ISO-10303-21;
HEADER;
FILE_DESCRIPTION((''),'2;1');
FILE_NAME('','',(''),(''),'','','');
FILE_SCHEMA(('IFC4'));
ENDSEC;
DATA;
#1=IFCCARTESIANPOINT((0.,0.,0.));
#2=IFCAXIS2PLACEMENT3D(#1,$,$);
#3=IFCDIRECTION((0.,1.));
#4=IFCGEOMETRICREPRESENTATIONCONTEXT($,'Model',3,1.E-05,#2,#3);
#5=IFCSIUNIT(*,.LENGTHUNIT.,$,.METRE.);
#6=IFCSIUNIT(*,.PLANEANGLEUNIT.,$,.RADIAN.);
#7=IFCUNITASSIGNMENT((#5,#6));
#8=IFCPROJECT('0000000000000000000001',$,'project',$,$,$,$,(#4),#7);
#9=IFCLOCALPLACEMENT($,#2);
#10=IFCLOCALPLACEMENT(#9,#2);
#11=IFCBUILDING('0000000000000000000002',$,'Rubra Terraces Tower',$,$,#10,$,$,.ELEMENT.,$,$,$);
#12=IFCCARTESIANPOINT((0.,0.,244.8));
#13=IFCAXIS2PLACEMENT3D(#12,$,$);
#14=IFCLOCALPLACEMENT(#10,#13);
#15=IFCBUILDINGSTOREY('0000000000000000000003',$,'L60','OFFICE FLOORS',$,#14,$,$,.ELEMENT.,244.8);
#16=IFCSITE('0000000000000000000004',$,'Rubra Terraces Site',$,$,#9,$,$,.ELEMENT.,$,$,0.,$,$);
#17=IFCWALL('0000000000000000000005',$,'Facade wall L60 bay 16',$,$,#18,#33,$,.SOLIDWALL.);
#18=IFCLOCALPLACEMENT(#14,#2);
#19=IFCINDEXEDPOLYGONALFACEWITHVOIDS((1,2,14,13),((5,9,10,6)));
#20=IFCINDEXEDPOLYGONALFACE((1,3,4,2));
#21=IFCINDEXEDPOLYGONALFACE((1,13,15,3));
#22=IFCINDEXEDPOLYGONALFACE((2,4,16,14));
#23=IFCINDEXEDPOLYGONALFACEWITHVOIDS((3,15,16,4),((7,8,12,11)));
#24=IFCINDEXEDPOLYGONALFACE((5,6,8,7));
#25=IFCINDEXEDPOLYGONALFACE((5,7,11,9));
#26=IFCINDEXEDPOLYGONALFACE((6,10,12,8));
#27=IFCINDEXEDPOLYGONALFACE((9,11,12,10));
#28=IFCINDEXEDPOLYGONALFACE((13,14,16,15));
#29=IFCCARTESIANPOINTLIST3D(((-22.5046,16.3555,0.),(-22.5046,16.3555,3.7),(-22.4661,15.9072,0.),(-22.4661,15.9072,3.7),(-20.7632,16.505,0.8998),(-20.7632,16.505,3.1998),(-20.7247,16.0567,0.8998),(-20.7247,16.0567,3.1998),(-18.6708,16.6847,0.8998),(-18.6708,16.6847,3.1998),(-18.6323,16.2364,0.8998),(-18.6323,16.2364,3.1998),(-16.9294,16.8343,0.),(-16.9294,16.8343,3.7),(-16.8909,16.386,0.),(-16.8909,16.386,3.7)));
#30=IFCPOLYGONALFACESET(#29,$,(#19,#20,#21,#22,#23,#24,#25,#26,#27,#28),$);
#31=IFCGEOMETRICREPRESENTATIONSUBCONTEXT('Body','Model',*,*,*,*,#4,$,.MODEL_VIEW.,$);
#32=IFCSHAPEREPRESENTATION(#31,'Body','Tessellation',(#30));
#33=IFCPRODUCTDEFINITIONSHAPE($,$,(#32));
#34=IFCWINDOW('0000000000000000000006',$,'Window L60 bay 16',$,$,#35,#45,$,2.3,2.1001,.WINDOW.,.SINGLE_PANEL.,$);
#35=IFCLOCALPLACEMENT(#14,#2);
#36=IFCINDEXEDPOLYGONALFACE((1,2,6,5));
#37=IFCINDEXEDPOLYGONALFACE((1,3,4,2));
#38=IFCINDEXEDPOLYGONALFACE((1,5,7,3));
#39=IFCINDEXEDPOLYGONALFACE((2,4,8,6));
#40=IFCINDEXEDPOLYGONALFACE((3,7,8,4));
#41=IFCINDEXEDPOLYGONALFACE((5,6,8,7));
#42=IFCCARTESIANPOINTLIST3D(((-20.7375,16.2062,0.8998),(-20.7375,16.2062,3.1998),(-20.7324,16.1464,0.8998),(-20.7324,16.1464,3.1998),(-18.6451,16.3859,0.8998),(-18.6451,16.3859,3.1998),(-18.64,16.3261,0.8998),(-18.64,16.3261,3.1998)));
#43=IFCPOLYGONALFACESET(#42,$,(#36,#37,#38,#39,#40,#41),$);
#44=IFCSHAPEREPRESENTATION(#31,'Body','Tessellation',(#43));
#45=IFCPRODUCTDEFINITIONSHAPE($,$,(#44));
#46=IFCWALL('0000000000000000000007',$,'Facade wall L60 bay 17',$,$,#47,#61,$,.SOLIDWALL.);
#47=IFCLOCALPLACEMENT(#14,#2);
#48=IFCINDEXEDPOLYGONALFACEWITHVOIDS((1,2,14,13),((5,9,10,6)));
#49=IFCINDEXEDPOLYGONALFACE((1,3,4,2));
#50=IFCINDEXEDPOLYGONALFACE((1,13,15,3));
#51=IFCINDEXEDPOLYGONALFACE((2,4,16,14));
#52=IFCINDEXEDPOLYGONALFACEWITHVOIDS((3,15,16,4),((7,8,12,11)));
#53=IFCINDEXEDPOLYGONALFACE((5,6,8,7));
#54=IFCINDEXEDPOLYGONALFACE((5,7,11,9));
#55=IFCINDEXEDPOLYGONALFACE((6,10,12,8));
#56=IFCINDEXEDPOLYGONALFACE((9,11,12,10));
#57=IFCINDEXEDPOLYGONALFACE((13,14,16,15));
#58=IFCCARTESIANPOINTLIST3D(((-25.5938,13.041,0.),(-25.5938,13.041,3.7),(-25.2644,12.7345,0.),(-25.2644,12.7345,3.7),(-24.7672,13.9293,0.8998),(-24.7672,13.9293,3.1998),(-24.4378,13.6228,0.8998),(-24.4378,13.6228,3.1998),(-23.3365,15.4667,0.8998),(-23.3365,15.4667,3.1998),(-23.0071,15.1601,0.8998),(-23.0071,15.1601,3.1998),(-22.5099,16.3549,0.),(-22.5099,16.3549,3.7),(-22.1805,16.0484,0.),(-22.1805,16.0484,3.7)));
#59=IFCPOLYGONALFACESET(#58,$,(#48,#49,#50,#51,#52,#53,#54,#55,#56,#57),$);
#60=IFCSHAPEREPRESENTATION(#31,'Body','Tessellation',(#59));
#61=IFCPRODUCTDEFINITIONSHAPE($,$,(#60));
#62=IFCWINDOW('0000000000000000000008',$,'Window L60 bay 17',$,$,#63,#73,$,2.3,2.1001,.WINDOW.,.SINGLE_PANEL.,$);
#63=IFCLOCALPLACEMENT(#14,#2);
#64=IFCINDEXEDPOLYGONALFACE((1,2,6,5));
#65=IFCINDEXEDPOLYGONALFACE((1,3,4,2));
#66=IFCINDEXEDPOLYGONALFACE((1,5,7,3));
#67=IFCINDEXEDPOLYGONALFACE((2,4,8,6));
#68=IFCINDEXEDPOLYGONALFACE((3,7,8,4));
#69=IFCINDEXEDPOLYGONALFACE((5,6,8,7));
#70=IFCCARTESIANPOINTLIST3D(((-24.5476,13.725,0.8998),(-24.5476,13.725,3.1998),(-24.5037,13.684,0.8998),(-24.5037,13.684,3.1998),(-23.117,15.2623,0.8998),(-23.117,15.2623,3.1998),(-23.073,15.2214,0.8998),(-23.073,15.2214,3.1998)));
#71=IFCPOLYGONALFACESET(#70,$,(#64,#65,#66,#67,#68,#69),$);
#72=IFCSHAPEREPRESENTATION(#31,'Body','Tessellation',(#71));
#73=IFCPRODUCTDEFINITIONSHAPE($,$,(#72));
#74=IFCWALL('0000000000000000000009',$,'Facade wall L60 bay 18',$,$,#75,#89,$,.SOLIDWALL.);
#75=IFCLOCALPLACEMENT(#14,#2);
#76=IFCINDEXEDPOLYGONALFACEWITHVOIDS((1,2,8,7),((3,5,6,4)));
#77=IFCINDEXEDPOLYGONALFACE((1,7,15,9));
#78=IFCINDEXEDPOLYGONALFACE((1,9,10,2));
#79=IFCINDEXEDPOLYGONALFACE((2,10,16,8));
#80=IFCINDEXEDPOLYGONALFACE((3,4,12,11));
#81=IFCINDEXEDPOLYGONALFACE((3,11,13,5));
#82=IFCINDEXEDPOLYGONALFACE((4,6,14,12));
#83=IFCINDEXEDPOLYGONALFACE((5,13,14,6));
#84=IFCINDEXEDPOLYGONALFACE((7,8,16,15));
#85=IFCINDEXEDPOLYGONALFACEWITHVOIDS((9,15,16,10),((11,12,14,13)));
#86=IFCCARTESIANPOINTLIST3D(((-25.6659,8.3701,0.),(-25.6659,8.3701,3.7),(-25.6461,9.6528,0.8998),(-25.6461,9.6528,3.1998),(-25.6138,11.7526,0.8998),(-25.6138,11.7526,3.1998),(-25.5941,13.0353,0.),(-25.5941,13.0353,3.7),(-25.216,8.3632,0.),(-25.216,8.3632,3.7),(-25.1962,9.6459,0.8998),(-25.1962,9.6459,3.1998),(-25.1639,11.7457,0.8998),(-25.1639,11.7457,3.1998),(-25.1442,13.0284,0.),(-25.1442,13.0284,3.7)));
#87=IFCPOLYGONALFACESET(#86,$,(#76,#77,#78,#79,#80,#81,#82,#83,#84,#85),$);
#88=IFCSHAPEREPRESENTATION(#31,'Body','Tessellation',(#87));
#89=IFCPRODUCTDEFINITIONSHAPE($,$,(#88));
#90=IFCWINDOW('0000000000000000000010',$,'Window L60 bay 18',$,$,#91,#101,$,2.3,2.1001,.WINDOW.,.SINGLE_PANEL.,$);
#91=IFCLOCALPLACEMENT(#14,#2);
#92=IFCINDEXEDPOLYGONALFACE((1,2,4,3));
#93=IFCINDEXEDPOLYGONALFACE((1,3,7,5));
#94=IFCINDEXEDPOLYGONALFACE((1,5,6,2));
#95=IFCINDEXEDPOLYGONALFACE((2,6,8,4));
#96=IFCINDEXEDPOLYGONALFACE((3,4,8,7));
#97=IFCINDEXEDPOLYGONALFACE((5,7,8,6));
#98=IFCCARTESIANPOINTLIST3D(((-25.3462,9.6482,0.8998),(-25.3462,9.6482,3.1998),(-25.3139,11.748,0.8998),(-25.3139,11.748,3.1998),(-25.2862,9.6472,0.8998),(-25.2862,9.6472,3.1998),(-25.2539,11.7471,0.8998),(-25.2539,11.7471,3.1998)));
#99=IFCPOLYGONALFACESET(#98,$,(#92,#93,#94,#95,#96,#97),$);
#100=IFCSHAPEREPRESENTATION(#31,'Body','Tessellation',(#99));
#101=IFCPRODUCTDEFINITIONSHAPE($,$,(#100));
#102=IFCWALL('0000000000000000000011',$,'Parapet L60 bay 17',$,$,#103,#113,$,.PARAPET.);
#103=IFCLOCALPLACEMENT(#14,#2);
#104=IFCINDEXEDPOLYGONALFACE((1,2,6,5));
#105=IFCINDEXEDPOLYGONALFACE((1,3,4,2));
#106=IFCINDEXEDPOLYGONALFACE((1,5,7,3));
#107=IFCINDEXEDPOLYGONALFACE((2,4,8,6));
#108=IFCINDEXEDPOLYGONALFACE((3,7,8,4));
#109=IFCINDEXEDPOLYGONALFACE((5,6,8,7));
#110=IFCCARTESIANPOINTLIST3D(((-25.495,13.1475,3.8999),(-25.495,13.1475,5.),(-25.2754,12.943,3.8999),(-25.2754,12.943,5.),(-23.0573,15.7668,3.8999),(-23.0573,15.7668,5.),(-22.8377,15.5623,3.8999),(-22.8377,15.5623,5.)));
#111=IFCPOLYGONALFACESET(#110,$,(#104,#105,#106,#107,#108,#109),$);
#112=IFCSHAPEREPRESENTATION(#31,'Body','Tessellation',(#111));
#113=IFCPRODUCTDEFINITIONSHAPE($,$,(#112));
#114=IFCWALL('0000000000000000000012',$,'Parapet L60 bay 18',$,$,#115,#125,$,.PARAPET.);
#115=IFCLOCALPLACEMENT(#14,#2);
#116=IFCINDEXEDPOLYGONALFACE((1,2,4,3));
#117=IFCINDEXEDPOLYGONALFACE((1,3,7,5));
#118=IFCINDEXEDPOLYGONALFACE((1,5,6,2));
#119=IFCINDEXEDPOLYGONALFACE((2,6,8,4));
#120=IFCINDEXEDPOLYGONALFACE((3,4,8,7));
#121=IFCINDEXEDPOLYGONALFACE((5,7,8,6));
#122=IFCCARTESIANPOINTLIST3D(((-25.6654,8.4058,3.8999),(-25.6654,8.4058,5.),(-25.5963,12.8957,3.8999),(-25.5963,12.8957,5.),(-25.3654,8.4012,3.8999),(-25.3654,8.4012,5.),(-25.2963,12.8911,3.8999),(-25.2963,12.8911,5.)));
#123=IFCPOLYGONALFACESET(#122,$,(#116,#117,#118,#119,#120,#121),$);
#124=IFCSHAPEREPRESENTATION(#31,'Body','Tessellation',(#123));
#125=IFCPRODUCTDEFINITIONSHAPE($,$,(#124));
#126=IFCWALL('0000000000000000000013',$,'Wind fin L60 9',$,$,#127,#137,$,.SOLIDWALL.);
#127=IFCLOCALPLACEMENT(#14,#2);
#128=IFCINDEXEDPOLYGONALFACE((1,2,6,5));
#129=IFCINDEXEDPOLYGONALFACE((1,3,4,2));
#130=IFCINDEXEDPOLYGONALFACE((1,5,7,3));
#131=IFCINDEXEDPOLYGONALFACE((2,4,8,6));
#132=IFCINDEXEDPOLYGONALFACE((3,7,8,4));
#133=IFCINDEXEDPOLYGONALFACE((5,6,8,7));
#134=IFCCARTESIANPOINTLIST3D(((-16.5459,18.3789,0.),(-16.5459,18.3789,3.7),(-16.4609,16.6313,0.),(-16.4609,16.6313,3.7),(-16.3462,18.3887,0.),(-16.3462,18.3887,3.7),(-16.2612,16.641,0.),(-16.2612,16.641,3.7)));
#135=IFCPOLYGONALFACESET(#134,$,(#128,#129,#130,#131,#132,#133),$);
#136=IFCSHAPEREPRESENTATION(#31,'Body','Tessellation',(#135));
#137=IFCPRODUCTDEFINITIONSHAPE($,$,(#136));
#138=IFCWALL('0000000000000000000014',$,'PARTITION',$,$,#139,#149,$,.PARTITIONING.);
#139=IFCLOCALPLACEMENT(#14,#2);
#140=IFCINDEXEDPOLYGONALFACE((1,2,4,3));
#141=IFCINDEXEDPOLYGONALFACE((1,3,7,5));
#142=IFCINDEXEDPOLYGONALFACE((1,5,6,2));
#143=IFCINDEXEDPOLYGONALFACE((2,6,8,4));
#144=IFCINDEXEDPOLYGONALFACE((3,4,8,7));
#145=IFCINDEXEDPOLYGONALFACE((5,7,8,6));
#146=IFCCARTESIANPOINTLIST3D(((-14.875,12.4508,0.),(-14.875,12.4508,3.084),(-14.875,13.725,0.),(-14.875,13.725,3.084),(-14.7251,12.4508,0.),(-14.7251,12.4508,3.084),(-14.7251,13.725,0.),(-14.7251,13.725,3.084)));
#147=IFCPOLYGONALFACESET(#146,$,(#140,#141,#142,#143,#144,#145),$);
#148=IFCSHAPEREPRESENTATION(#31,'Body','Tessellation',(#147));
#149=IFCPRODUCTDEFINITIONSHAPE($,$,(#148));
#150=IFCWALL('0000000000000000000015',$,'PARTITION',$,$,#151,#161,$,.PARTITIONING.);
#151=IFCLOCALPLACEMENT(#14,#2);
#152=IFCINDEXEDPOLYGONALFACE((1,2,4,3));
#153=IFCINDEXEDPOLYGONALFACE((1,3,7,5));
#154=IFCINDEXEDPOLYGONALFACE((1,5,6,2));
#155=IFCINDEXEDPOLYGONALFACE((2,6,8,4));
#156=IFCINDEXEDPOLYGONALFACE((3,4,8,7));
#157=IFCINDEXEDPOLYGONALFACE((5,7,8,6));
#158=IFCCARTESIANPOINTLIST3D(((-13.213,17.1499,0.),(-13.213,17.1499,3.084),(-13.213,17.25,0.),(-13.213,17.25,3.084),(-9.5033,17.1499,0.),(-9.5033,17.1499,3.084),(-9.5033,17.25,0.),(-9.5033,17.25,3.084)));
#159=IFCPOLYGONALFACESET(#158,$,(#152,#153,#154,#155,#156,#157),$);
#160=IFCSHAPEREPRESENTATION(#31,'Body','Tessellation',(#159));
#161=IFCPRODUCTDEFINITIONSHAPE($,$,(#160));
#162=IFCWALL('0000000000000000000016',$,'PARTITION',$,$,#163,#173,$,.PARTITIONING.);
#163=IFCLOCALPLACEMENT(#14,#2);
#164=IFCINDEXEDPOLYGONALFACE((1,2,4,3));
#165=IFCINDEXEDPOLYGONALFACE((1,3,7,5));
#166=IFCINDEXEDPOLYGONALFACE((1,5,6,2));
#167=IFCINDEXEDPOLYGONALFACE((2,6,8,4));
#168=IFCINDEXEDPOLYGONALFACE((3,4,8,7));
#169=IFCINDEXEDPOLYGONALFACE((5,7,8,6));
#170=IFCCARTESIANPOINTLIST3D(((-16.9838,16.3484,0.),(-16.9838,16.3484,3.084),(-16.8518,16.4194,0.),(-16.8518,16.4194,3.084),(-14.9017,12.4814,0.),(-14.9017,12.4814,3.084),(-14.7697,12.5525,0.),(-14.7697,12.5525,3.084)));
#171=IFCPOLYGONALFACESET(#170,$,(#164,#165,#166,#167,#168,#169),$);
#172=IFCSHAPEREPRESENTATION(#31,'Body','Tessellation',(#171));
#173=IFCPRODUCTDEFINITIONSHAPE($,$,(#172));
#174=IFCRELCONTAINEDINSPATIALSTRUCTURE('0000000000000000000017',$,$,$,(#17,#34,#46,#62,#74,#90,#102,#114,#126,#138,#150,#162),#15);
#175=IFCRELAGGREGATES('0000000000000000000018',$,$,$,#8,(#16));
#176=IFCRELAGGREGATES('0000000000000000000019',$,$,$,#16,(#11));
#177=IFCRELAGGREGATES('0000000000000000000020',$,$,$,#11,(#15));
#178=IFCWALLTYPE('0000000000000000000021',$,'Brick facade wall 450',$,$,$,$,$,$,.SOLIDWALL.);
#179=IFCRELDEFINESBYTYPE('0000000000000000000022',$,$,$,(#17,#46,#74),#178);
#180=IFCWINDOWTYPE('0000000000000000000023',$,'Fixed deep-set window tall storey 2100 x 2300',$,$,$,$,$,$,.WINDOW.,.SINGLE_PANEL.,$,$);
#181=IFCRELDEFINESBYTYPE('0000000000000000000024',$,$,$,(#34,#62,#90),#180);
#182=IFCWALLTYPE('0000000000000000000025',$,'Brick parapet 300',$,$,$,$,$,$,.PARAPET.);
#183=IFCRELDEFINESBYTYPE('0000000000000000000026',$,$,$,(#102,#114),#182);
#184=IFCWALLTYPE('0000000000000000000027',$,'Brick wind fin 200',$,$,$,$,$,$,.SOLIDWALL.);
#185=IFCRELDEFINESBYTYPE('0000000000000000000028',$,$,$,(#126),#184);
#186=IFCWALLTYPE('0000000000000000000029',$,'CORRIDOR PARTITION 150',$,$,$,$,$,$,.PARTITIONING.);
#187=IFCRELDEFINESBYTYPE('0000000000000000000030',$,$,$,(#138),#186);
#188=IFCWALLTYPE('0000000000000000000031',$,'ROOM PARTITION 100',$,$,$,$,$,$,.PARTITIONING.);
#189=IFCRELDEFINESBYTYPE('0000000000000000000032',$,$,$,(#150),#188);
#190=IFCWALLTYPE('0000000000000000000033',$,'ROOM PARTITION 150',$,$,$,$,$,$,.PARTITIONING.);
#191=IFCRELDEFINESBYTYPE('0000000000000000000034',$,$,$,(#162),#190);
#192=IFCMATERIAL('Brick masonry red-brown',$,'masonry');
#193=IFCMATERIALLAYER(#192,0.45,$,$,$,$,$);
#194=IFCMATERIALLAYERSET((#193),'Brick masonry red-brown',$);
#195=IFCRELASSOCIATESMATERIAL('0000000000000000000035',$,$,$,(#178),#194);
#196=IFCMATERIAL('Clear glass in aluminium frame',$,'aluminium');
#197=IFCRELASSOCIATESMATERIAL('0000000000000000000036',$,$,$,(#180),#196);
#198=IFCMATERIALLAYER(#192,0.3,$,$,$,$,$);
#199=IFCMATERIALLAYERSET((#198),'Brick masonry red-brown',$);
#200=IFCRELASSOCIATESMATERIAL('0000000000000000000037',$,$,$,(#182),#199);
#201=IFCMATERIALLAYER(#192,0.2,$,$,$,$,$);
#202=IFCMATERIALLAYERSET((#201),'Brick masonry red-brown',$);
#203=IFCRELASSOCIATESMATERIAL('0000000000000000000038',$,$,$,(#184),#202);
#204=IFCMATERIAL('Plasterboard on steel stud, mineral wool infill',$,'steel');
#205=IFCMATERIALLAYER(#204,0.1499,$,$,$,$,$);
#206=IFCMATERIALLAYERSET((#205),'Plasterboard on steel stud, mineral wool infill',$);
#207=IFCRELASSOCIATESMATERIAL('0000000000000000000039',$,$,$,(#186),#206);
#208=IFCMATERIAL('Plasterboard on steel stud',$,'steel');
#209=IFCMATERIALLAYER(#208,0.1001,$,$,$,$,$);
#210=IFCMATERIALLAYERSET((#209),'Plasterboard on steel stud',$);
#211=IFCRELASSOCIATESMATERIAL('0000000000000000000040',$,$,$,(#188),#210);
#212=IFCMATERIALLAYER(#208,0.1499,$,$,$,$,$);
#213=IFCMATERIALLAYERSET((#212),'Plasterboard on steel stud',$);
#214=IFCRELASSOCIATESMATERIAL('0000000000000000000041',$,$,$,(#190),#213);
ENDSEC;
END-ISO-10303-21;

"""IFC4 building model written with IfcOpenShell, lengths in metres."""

from ifc_helpers import new_model, si_unit, direction, frame, frame_2d, origin, place, context, subcontext, project, spatial, rectangle, extrude, material, layer, layer_set, type_object, element, fill, save


model = new_model("IFC4")

# Units and contexts
model_context = context("Model", 3, precision=1e-05, world=origin(), true_north=direction((0.0, 1.0)))
body_context = subcontext(model_context, "Body", "Model", "MODEL_VIEW")
ifc_project = project(units=[si_unit("LENGTHUNIT", "METRE"), si_unit("PLANEANGLEUNIT", "RADIAN")], contexts=[model_context])

# Site, building, storey
site_placement = place(None, origin())
site = spatial("IfcSite", under=ifc_project, at=site_placement, Name="Rubra Terraces Site", CompositionType="ELEMENT", RefElevation=0.0)
building_placement = place(site_placement, origin())
building = spatial("IfcBuilding", under=site, at=building_placement, Name="Rubra Terraces Tower", CompositionType="ELEMENT")
storey_placement = place(building_placement, frame((0.0, 0.0, 244.8)))
storey = spatial("IfcBuildingStorey", under=building, at=storey_placement, Name="L60", Description="OFFICE FLOORS", CompositionType="ELEMENT", Elevation=244.8)

# Walls, openings, windows
ifc_material_1 = material(Name="Brick masonry red-brown", Category="masonry")
ifc_layer_1 = layer(ifc_material_1, 0.45)
ifc_layer_set_1 = layer_set([ifc_layer_1], Name="Brick masonry red-brown")
wall_type_1 = type_object("IfcWallType", Name="Brick facade wall 450", PredefinedType="SOLIDWALL", material=ifc_layer_set_1)
ifc_material_2 = material(Name="Clear glass in aluminium frame", Category="aluminium")
wall_1_placement = place(storey_placement, frame((-16.9102, 16.6101, 0.0), z_axis=(0.0, 0.0, 1.0), x_axis=(-0.996333, -0.085558, 0.0)))
wall_1 = element("IfcWall", 1, at=wall_1_placement, inside=storey, type_object=wall_type_1, Name="Facade wall L60 bay 16", PredefinedType="SOLIDWALL", context=body_context, shape_type="SweptSolid", body=[
    extrude(rectangle(XDim=5.5957, YDim=0.45, at=frame_2d((2.7979, 0.0))), origin(), (0.0, 0.0, 1.0), 3.7),
])
opening_1_placement = place(wall_1_placement, frame((1.7478, 0.0, 0.8999)))
opening_1 = element("IfcOpeningElement", 2, at=opening_1_placement, cuts=wall_1, PredefinedType="OPENING", context=body_context, shape_type="SweptSolid", body=[
    extrude(rectangle(XDim=2.1001, YDim=2.3, at=frame_2d((1.05, 1.1499))), frame((0.0, 0.2349, 0.0), z_axis=(0.0, -1.0, 0.0), x_axis=(1.0, 0.0, 0.0)), (0.0, 0.0, 1.0), 0.47),
])
window_type_1 = type_object("IfcWindowType", Name="Fixed deep-set window tall storey 2100 x 2300", PartitioningType="SINGLE_PANEL", PredefinedType="WINDOW", material=ifc_material_2)
window_1_placement = place(opening_1_placement, origin())
window_1 = element("IfcWindow", 3, at=window_1_placement, inside=storey, type_object=window_type_1, Name="Window L60 bay 16", OverallHeight=2.3, OverallWidth=2.1001, PartitioningType="SINGLE_PANEL", PredefinedType="WINDOW", context=body_context, shape_type="SweptSolid", body=[
    extrude(rectangle(XDim=2.1001, YDim=2.3, at=frame_2d((1.05, 1.1499))), frame((0.0, 0.135, 0.0), z_axis=(0.0, -1.0, 0.0), x_axis=(1.0, 0.0, 0.0)), (0.0, 0.0, 1.0), 0.0601),
])
fill(opening_1, window_1)
wall_2_placement = place(storey_placement, frame((-22.3452, 16.2017, 0.0), z_axis=(0.0, 0.0, 1.0), x_axis=(-0.681249, -0.732052, 0.0)))
wall_2 = element("IfcWall", 4, at=wall_2_placement, inside=storey, type_object=wall_type_1, Name="Facade wall L60 bay 17", PredefinedType="SOLIDWALL", context=body_context, shape_type="SweptSolid", body=[
    extrude(rectangle(XDim=4.5269, YDim=0.45, at=frame_2d((2.2634, 0.0))), origin(), (0.0, 0.0, 1.0), 3.7),
])
opening_2_placement = place(wall_2_placement, frame((1.2134, 0.0, 0.8999)))
opening_2 = element("IfcOpeningElement", 5, at=opening_2_placement, cuts=wall_2, PredefinedType="OPENING", context=body_context, shape_type="SweptSolid", body=[
    extrude(rectangle(XDim=2.1001, YDim=2.3, at=frame_2d((1.05, 1.1499))), frame((0.0, 0.2349, 0.0), z_axis=(0.0, -1.0, 0.0), x_axis=(1.0, 0.0, 0.0)), (0.0, 0.0, 1.0), 0.47),
])
window_2_placement = place(opening_2_placement, origin())
window_2 = element("IfcWindow", 6, at=window_2_placement, inside=storey, type_object=window_type_1, Name="Window L60 bay 17", OverallHeight=2.3, OverallWidth=2.1001, PartitioningType="SINGLE_PANEL", PredefinedType="WINDOW", context=body_context, shape_type="SweptSolid", body=[
    extrude(rectangle(XDim=2.1001, YDim=2.3, at=frame_2d((1.05, 1.1499))), frame((0.0, 0.135, 0.0), z_axis=(0.0, -1.0, 0.0), x_axis=(1.0, 0.0, 0.0)), (0.0, 0.0, 1.0), 0.0601),
])
fill(opening_2, window_2)
wall_3_placement = place(storey_placement, frame((-25.3691, 13.032, 0.0), z_axis=(0.0, 0.0, 1.0), x_axis=(-0.015384, -0.999882, 0.0)))
wall_3 = element("IfcWall", 7, at=wall_3_placement, inside=storey, type_object=wall_type_1, Name="Facade wall L60 bay 18", PredefinedType="SOLIDWALL", context=body_context, shape_type="SweptSolid", body=[
    extrude(rectangle(XDim=4.6658, YDim=0.45, at=frame_2d((2.333, 0.0))), origin(), (0.0, 0.0, 1.0), 3.7),
])
opening_3_placement = place(wall_3_placement, frame((1.283, 0.0, 0.8999)))
opening_3 = element("IfcOpeningElement", 8, at=opening_3_placement, cuts=wall_3, PredefinedType="OPENING", context=body_context, shape_type="SweptSolid", body=[
    extrude(rectangle(XDim=2.1001, YDim=2.3, at=frame_2d((1.05, 1.1499))), frame((0.0, 0.2349, 0.0), z_axis=(0.0, -1.0, 0.0), x_axis=(1.0, 0.0, 0.0)), (0.0, 0.0, 1.0), 0.47),
])
window_3_placement = place(opening_3_placement, origin())
window_3 = element("IfcWindow", 9, at=window_3_placement, inside=storey, type_object=window_type_1, Name="Window L60 bay 18", OverallHeight=2.3, OverallWidth=2.1001, PartitioningType="SINGLE_PANEL", PredefinedType="WINDOW", context=body_context, shape_type="SweptSolid", body=[
    extrude(rectangle(XDim=2.1001, YDim=2.3, at=frame_2d((1.05, 1.1499))), frame((0.0, 0.135, 0.0), z_axis=(0.0, -1.0, 0.0), x_axis=(1.0, 0.0, 0.0)), (0.0, 0.0, 1.0), 0.0601),
])
fill(opening_3, window_3)

# Walls
ifc_layer_2 = layer(ifc_material_1, 0.3)
ifc_layer_set_2 = layer_set([ifc_layer_2], Name="Brick masonry red-brown")
wall_type_2 = type_object("IfcWallType", Name="Brick parapet 300", PredefinedType="PARAPET", material=ifc_layer_set_2)
wall_4_placement = place(storey_placement, frame((-22.9475, 15.6646, 3.8999), z_axis=(0.0, 0.0, 1.0), x_axis=(-0.68127, -0.732032, 0.0)))
element("IfcWall", 10, at=wall_4_placement, inside=storey, type_object=wall_type_2, Name="Parapet L60 bay 17", PredefinedType="PARAPET", context=body_context, shape_type="SweptSolid", body=[
    extrude(rectangle(XDim=3.5781, YDim=0.3, at=frame_2d((1.7891, 0.0))), origin(), (0.0, 0.0, 1.0), 1.1001),
])
wall_5_placement = place(storey_placement, frame((-25.4463, 12.8933, 3.8999), z_axis=(0.0, 0.0, 1.0), x_axis=(-0.015386, -0.999882, 0.0)))
element("IfcWall", 11, at=wall_5_placement, inside=storey, type_object=wall_type_2, Name="Parapet L60 bay 18", PredefinedType="PARAPET", context=body_context, shape_type="SweptSolid", body=[
    extrude(rectangle(XDim=4.4905, YDim=0.3, at=frame_2d((2.2451, 0.0))), origin(), (0.0, 0.0, 1.0), 1.1001),
])
ifc_layer_3 = layer(ifc_material_1, 0.2)
ifc_layer_set_3 = layer_set([ifc_layer_3], Name="Brick masonry red-brown")
wall_type_3 = type_object("IfcWallType", Name="Brick wind fin 200", PredefinedType="SOLIDWALL", material=ifc_layer_set_3)
wall_6_placement = place(storey_placement, frame((-16.3611, 16.636, 0.0), z_axis=(0.0, 0.0, 1.0), x_axis=(-0.048553, 0.998821, 0.0)))
element("IfcWall", 12, at=wall_6_placement, inside=storey, type_object=wall_type_3, Name="Wind fin L60 9", PredefinedType="SOLIDWALL", context=body_context, shape_type="SweptSolid", body=[
    extrude(rectangle(XDim=1.7498, YDim=0.2, at=frame_2d((0.875, 0.0))), origin(), (0.0, 0.0, 1.0), 3.7),
])
ifc_material_3 = material(Name="Plasterboard on steel stud, mineral wool infill", Category="steel")
ifc_layer_4 = layer(ifc_material_3, 0.1499)
ifc_layer_set_4 = layer_set([ifc_layer_4], Name="Plasterboard on steel stud, mineral wool infill")
wall_type_4 = type_object("IfcWallType", Name="CORRIDOR PARTITION 150", PredefinedType="PARTITIONING", material=ifc_layer_set_4)
wall_7_placement = place(storey_placement, frame((-14.8, 13.7251, 0.0), z_axis=(0.0, 0.0, 1.0), x_axis=(0.0, -1.0, 0.0)))
element("IfcWall", 13, at=wall_7_placement, inside=storey, type_object=wall_type_4, Name="PARTITION", PredefinedType="PARTITIONING", context=body_context, shape_type="SweptSolid", body=[
    extrude(rectangle(XDim=1.2742, YDim=0.1499, at=frame_2d((0.6372, 0.0))), origin(), (0.0, 0.0, 1.0), 3.084),
])
ifc_material_4 = material(Name="Plasterboard on steel stud", Category="steel")
ifc_layer_5 = layer(ifc_material_4, 0.1001)
ifc_layer_set_5 = layer_set([ifc_layer_5], Name="Plasterboard on steel stud")
wall_type_5 = type_object("IfcWallType", Name="ROOM PARTITION 100", PredefinedType="PARTITIONING", material=ifc_layer_set_5)
wall_8_placement = place(storey_placement, frame((-13.2131, 17.2, 0.0), z_axis=(0.0, 0.0, 1.0), x_axis=(1.0, 0.0, 0.0)))
element("IfcWall", 14, at=wall_8_placement, inside=storey, type_object=wall_type_5, Name="PARTITION", PredefinedType="PARTITIONING", context=body_context, shape_type="SweptSolid", body=[
    extrude(rectangle(XDim=3.7097, YDim=0.1001, at=frame_2d((1.855, 0.0))), origin(), (0.0, 0.0, 1.0), 3.084),
])
ifc_layer_6 = layer(ifc_material_4, 0.1499)
ifc_layer_set_6 = layer_set([ifc_layer_6], Name="Plasterboard on steel stud")
wall_type_6 = type_object("IfcWallType", Name="ROOM PARTITION 150", PredefinedType="PARTITIONING", material=ifc_layer_set_6)
wall_9_placement = place(storey_placement, frame((-16.9177, 16.3838, 0.0), z_axis=(0.0, 0.0, 1.0), x_axis=(0.47407, -0.880487, 0.0)))
element("IfcWall", 15, at=wall_9_placement, inside=storey, type_object=wall_type_6, Name="PARTITION", PredefinedType="PARTITIONING", context=body_context, shape_type="SweptSolid", body=[
    extrude(rectangle(XDim=4.3918, YDim=0.1499, at=frame_2d((2.1958, 0.0))), origin(), (0.0, 0.0, 1.0), 3.084),
])

save(model, "model.ifc")
